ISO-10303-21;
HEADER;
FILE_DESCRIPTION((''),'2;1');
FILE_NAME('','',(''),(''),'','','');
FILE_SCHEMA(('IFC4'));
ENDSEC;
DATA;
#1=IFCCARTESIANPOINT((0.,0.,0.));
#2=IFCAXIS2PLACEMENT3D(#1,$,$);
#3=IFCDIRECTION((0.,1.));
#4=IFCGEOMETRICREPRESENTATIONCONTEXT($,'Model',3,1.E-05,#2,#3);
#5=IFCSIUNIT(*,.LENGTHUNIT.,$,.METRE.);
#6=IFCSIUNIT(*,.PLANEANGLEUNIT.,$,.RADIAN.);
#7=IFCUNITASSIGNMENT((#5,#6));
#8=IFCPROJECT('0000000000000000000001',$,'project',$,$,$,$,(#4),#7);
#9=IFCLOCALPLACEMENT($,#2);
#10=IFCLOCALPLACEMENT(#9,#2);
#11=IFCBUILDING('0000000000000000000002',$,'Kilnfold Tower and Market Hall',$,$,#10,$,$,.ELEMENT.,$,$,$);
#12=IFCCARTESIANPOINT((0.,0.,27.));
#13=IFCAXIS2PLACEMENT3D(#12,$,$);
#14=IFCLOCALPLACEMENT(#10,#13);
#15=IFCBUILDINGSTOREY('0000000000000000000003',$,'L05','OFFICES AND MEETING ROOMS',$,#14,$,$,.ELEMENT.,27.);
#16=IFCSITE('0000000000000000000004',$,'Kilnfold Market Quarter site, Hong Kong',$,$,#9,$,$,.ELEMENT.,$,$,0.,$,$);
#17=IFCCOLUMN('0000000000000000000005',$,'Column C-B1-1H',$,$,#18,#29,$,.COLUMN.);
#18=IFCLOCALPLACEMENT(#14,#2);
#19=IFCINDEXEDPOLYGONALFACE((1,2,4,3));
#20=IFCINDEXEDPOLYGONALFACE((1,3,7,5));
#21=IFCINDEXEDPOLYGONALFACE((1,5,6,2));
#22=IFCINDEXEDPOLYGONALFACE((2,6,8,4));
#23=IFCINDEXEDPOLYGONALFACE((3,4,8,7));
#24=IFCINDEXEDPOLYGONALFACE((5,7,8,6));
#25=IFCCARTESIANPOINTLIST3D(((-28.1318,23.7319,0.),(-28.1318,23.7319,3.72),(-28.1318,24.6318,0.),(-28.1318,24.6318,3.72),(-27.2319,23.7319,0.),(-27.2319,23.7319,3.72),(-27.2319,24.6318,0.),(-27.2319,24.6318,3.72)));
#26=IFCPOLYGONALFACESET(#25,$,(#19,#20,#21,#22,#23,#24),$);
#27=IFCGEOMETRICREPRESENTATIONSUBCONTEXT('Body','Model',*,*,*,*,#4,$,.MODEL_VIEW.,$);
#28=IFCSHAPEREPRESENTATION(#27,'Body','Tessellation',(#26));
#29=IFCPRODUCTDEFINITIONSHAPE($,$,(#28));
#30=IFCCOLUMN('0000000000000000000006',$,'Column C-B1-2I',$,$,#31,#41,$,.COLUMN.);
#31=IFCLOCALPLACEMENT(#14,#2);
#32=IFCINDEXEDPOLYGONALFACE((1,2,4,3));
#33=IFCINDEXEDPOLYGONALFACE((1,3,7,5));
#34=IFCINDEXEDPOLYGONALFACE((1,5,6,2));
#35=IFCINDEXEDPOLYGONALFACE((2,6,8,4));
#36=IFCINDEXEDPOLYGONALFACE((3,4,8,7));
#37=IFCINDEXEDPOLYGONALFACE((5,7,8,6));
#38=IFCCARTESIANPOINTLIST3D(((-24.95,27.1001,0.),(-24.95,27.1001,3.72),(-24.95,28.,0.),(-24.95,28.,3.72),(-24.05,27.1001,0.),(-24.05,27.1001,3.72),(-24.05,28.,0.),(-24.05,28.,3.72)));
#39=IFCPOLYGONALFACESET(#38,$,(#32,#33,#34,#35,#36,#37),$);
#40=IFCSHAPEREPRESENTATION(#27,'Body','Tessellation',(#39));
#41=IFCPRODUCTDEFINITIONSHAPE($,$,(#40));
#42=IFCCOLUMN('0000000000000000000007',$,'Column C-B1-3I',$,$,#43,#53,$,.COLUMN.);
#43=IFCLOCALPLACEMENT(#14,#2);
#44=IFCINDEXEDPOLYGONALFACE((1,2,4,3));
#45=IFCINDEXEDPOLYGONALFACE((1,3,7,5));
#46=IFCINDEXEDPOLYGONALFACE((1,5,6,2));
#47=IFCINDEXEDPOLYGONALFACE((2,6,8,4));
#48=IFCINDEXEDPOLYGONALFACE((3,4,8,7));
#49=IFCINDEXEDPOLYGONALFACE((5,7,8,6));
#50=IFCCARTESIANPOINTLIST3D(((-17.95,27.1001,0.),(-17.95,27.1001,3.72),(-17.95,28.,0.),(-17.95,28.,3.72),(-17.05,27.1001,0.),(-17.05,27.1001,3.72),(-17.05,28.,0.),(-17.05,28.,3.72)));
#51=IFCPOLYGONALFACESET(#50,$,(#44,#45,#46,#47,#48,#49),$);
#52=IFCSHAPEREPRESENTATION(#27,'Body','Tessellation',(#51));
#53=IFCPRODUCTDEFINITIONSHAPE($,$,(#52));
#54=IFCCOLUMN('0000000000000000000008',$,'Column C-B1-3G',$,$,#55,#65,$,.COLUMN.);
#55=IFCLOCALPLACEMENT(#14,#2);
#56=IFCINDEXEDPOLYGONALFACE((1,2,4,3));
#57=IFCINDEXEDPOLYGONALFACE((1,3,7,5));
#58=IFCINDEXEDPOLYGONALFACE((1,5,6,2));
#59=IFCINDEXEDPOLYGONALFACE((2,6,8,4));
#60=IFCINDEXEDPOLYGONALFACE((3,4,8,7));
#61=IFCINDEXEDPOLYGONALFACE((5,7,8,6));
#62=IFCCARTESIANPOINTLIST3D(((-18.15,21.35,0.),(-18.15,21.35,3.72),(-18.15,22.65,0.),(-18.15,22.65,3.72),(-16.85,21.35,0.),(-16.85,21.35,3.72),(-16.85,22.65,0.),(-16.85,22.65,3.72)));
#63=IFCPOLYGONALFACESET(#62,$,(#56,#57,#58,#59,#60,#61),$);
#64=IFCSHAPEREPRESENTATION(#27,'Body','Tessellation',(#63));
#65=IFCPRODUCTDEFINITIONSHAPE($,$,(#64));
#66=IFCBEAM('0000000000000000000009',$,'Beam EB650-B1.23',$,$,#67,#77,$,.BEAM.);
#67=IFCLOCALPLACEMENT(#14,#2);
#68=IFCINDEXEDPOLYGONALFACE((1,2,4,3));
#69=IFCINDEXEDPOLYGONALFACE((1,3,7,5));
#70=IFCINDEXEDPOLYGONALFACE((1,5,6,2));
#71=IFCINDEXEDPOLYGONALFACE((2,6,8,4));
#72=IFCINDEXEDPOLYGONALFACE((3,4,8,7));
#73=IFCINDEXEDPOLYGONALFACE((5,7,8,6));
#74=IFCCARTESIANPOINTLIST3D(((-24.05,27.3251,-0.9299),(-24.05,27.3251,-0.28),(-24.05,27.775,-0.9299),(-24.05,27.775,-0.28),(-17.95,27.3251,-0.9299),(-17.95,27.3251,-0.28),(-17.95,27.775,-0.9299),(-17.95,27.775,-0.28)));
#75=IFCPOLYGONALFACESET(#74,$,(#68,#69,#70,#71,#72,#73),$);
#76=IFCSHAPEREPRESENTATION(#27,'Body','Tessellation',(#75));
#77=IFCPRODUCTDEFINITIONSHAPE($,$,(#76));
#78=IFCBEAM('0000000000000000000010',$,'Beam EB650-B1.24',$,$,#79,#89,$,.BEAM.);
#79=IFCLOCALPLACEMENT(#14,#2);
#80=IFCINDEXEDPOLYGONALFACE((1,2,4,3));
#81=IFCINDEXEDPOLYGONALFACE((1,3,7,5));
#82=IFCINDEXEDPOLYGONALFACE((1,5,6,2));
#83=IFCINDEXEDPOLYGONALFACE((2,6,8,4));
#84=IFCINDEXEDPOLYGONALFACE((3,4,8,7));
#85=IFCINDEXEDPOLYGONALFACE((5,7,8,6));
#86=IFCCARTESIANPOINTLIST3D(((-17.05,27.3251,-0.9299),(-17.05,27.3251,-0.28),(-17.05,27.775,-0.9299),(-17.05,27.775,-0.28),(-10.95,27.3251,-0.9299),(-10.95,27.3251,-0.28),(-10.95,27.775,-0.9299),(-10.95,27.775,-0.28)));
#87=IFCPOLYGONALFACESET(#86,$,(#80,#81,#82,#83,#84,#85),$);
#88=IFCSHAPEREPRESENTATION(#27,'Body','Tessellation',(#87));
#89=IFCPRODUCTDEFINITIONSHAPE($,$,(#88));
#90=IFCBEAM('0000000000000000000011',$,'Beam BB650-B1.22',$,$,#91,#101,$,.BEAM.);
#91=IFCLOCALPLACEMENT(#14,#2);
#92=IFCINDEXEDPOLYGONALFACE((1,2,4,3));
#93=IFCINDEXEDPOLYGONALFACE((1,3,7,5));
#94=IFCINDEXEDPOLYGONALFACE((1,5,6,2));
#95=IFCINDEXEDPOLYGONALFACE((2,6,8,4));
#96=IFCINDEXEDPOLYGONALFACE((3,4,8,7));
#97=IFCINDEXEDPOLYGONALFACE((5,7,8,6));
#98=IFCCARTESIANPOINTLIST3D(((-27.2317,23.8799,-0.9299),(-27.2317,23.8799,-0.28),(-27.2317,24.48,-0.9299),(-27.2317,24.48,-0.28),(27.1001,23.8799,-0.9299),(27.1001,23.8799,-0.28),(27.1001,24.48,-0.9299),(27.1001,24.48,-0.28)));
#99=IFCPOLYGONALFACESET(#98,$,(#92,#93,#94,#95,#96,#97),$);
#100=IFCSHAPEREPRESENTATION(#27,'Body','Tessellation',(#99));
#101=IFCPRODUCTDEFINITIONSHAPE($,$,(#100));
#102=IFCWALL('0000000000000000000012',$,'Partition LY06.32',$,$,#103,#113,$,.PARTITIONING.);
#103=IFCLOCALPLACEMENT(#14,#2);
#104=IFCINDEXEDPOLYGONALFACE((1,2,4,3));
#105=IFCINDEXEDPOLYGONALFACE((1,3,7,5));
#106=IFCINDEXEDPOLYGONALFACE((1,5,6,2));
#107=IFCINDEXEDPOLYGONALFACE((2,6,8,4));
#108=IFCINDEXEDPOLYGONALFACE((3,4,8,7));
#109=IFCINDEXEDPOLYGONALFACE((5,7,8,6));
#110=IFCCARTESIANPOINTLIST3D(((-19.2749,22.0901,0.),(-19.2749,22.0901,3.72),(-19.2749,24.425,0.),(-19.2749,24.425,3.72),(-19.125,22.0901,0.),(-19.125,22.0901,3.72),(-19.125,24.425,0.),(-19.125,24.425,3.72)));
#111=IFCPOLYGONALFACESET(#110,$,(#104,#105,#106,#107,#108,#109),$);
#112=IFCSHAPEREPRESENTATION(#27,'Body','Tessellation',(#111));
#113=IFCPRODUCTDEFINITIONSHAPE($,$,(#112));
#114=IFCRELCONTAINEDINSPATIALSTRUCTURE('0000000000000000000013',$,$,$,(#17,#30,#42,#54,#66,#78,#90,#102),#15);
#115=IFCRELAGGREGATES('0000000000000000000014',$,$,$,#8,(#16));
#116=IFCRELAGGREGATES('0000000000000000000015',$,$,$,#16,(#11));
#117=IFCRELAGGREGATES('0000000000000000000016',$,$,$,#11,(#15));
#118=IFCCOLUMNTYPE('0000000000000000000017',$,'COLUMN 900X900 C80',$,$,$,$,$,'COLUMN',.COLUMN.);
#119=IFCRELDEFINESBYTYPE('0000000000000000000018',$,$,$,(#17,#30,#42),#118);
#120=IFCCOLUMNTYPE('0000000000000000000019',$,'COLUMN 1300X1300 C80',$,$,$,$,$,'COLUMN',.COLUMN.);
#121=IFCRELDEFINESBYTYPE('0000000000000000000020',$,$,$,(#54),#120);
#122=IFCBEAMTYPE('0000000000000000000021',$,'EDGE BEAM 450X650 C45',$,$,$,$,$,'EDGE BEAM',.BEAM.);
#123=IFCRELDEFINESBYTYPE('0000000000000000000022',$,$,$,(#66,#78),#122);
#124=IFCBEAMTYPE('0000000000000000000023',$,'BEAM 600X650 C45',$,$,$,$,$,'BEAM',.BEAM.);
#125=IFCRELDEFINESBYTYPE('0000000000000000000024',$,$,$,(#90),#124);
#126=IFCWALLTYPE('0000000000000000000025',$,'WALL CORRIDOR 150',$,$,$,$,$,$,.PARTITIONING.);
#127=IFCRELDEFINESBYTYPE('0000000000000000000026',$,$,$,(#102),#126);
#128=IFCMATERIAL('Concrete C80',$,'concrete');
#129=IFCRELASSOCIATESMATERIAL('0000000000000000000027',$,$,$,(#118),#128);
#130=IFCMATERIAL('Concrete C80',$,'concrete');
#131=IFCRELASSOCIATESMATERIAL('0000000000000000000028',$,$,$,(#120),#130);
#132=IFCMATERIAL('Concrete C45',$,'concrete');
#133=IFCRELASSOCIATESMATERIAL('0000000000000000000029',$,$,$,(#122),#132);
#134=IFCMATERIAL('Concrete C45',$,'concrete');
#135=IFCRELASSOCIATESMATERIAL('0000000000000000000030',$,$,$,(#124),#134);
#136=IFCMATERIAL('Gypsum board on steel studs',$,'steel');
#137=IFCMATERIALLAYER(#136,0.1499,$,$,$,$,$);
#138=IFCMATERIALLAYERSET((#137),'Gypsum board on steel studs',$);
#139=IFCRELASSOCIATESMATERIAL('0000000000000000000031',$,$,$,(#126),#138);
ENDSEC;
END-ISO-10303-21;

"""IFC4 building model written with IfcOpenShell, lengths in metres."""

from ifc_helpers import new_model, si_unit, direction, frame, frame_2d, origin, origin_2d, place, context, subcontext, project, spatial, rectangle, extrude, source, transform, mapped, material, layer, layer_set, material_profile, profile_set, type_object, element, save


model = new_model("IFC4")

# Units and contexts
model_context = context("Model", 3, precision=1e-05, world=origin(), true_north=direction((0.0, 1.0)))
body_context = subcontext(model_context, "Body", "Model", "MODEL_VIEW")
ifc_project = project(units=[si_unit("LENGTHUNIT", "METRE"), si_unit("PLANEANGLEUNIT", "RADIAN")], contexts=[model_context])

# Site, building, storey
site_placement = place(None, origin())
site = spatial("IfcSite", under=ifc_project, at=site_placement, Name="Kilnfold Market Quarter site, Hong Kong", CompositionType="ELEMENT", RefElevation=0.0)
building_placement = place(site_placement, origin())
building = spatial("IfcBuilding", under=site, at=building_placement, Name="Kilnfold Tower and Market Hall", CompositionType="ELEMENT")
storey_placement = place(building_placement, frame((0.0, 0.0, 27.0)))
storey = spatial("IfcBuildingStorey", under=building, at=storey_placement, Name="L05", Description="OFFICES AND MEETING ROOMS", CompositionType="ELEMENT", Elevation=27.0)

# Columns
ifc_material_1 = material(Name="Concrete C80", Category="concrete")
ifc_material_profile_1 = material_profile(ifc_material_1, rectangle(XDim=0.8999, YDim=0.8999, at=origin_2d()), Name="RC 900x900")
ifc_profile_set_1 = profile_set([ifc_material_profile_1], Name="Concrete C80")
column_type_1 = type_object("IfcColumnType", Name="COLUMN 900X900 C80", ElementType="COLUMN", PredefinedType="COLUMN", material=ifc_profile_set_1)
shared_shape_1 = source(origin(), body_context, "Body", "SweptSolid", [
    extrude(rectangle(XDim=0.8999, YDim=0.8999, at=origin_2d()), origin(), (0.0, 0.0, 1.0), 3.72),
])
for number, where, z_axis, x_axis, name in (
    (1, (-27.6819, 24.1819, 0.0), (0.0, 0.0, 1.0), (1.0, 0.0, 0.0), "Column C-B1-1H"),
    (2, (-24.5, 27.55, 0.0), (0.0, 0.0, 1.0), (1.0, 0.0, 0.0), "Column C-B1-2I"),
    (3, (-17.5, 27.55, 0.0), (0.0, 0.0, 1.0), (1.0, 0.0, 0.0), "Column C-B1-3I"),
):
    element("IfcColumn", number, at=place(storey_placement, frame(where, z_axis=z_axis, x_axis=x_axis)), inside=storey, type_object=column_type_1, Name=name, PredefinedType="COLUMN", context=body_context, shape_type="MappedRepresentation", body=[
        mapped(shared_shape_1, transform((0.0, 0.0, 0.0))),
    ])
ifc_material_2 = material(Name="Concrete C80", Category="concrete")
ifc_material_profile_2 = material_profile(ifc_material_2, rectangle(XDim=1.3, YDim=1.3, at=origin_2d()), Name="RC 1300x1300")
ifc_profile_set_2 = profile_set([ifc_material_profile_2], Name="Concrete C80")
column_type_2 = type_object("IfcColumnType", Name="COLUMN 1300X1300 C80", ElementType="COLUMN", PredefinedType="COLUMN", material=ifc_profile_set_2)
shared_shape_2 = source(origin(), body_context, "Body", "SweptSolid", [
    extrude(rectangle(XDim=1.3, YDim=1.3, at=origin_2d()), origin(), (0.0, 0.0, 1.0), 3.72),
])
column_placement = place(storey_placement, frame((-17.5, 22.0, 0.0), z_axis=(0.0, 0.0, 1.0), x_axis=(1.0, 0.0, 0.0)))
element("IfcColumn", 4, at=column_placement, inside=storey, type_object=column_type_2, Name="Column C-B1-3G", PredefinedType="COLUMN", context=body_context, shape_type="MappedRepresentation", body=[
    mapped(shared_shape_2, transform((0.0, 0.0, 0.0))),
])

# Beams
ifc_material_3 = material(Name="Concrete C45", Category="concrete")
ifc_material_profile_3 = material_profile(ifc_material_3, rectangle(XDim=0.45, YDim=0.6499, at=origin_2d()), Name="RC 450x650")
ifc_profile_set_3 = profile_set([ifc_material_profile_3], Name="Concrete C45")
beam_type_1 = type_object("IfcBeamType", Name="EDGE BEAM 450X650 C45", ElementType="EDGE BEAM", PredefinedType="BEAM", material=ifc_profile_set_3)
shared_shape_3 = source(origin(), body_context, "Body", "SweptSolid", [
    extrude(rectangle(XDim=0.45, YDim=0.6499, at=origin_2d()), origin(), (0.0, 0.0, 1.0), 6.1001),
])
for number, where, z_axis, x_axis, name in (
    (5, (-24.05, 27.55, -0.605), (1.0, 0.0, 0.0), (0.0, 1.0, 0.0), "Beam EB650-B1.23"),
    (6, (-17.05, 27.55, -0.605), (1.0, 0.0, 0.0), (0.0, 1.0, 0.0), "Beam EB650-B1.24"),
):
    element("IfcBeam", number, at=place(storey_placement, frame(where, z_axis=z_axis, x_axis=x_axis)), inside=storey, type_object=beam_type_1, Name=name, PredefinedType="BEAM", context=body_context, shape_type="MappedRepresentation", body=[
        mapped(shared_shape_3, transform((0.0, 0.0, 0.0))),
    ])
ifc_material_4 = material(Name="Concrete C45", Category="concrete")
ifc_material_profile_4 = material_profile(ifc_material_4, rectangle(XDim=0.6001, YDim=0.6499, at=origin_2d()), Name="RC 600x650")
ifc_profile_set_4 = profile_set([ifc_material_profile_4], Name="Concrete C45")
beam_type_2 = type_object("IfcBeamType", Name="BEAM 600X650 C45", ElementType="BEAM", PredefinedType="BEAM", material=ifc_profile_set_4)
shared_shape_4 = source(origin(), body_context, "Body", "SweptSolid", [
    extrude(rectangle(XDim=0.6001, YDim=0.6499, at=origin_2d()), origin(), (0.0, 0.0, 1.0), 54.3318),
])
beam_placement = place(storey_placement, frame((-27.2317, 24.1799, -0.605), z_axis=(1.0, 0.0, 0.0), x_axis=(0.0, 1.0, 0.0)))
element("IfcBeam", 7, at=beam_placement, inside=storey, type_object=beam_type_2, Name="Beam BB650-B1.22", PredefinedType="BEAM", context=body_context, shape_type="MappedRepresentation", body=[
    mapped(shared_shape_4, transform((0.0, 0.0, 0.0))),
])

# Wall
ifc_material_5 = material(Name="Gypsum board on steel studs", Category="steel")
ifc_layer_1 = layer(ifc_material_5, 0.1499)
ifc_layer_set_1 = layer_set([ifc_layer_1], Name="Gypsum board on steel studs")
wall_type_1 = type_object("IfcWallType", Name="WALL CORRIDOR 150", PredefinedType="PARTITIONING", material=ifc_layer_set_1)
wall_1_placement = place(storey_placement, frame((-19.2, 22.0901, 0.0), z_axis=(0.0, 0.0, 1.0), x_axis=(0.0, 1.0, 0.0)))
element("IfcWall", 8, at=wall_1_placement, inside=storey, type_object=wall_type_1, Name="Partition LY06.32", PredefinedType="PARTITIONING", context=body_context, shape_type="SweptSolid", body=[
    extrude(rectangle(XDim=2.335, YDim=0.1499, at=frame_2d((1.1675, 0.0))), origin(), (0.0, 0.0, 1.0), 3.72),
])

save(model, "model.ifc")
